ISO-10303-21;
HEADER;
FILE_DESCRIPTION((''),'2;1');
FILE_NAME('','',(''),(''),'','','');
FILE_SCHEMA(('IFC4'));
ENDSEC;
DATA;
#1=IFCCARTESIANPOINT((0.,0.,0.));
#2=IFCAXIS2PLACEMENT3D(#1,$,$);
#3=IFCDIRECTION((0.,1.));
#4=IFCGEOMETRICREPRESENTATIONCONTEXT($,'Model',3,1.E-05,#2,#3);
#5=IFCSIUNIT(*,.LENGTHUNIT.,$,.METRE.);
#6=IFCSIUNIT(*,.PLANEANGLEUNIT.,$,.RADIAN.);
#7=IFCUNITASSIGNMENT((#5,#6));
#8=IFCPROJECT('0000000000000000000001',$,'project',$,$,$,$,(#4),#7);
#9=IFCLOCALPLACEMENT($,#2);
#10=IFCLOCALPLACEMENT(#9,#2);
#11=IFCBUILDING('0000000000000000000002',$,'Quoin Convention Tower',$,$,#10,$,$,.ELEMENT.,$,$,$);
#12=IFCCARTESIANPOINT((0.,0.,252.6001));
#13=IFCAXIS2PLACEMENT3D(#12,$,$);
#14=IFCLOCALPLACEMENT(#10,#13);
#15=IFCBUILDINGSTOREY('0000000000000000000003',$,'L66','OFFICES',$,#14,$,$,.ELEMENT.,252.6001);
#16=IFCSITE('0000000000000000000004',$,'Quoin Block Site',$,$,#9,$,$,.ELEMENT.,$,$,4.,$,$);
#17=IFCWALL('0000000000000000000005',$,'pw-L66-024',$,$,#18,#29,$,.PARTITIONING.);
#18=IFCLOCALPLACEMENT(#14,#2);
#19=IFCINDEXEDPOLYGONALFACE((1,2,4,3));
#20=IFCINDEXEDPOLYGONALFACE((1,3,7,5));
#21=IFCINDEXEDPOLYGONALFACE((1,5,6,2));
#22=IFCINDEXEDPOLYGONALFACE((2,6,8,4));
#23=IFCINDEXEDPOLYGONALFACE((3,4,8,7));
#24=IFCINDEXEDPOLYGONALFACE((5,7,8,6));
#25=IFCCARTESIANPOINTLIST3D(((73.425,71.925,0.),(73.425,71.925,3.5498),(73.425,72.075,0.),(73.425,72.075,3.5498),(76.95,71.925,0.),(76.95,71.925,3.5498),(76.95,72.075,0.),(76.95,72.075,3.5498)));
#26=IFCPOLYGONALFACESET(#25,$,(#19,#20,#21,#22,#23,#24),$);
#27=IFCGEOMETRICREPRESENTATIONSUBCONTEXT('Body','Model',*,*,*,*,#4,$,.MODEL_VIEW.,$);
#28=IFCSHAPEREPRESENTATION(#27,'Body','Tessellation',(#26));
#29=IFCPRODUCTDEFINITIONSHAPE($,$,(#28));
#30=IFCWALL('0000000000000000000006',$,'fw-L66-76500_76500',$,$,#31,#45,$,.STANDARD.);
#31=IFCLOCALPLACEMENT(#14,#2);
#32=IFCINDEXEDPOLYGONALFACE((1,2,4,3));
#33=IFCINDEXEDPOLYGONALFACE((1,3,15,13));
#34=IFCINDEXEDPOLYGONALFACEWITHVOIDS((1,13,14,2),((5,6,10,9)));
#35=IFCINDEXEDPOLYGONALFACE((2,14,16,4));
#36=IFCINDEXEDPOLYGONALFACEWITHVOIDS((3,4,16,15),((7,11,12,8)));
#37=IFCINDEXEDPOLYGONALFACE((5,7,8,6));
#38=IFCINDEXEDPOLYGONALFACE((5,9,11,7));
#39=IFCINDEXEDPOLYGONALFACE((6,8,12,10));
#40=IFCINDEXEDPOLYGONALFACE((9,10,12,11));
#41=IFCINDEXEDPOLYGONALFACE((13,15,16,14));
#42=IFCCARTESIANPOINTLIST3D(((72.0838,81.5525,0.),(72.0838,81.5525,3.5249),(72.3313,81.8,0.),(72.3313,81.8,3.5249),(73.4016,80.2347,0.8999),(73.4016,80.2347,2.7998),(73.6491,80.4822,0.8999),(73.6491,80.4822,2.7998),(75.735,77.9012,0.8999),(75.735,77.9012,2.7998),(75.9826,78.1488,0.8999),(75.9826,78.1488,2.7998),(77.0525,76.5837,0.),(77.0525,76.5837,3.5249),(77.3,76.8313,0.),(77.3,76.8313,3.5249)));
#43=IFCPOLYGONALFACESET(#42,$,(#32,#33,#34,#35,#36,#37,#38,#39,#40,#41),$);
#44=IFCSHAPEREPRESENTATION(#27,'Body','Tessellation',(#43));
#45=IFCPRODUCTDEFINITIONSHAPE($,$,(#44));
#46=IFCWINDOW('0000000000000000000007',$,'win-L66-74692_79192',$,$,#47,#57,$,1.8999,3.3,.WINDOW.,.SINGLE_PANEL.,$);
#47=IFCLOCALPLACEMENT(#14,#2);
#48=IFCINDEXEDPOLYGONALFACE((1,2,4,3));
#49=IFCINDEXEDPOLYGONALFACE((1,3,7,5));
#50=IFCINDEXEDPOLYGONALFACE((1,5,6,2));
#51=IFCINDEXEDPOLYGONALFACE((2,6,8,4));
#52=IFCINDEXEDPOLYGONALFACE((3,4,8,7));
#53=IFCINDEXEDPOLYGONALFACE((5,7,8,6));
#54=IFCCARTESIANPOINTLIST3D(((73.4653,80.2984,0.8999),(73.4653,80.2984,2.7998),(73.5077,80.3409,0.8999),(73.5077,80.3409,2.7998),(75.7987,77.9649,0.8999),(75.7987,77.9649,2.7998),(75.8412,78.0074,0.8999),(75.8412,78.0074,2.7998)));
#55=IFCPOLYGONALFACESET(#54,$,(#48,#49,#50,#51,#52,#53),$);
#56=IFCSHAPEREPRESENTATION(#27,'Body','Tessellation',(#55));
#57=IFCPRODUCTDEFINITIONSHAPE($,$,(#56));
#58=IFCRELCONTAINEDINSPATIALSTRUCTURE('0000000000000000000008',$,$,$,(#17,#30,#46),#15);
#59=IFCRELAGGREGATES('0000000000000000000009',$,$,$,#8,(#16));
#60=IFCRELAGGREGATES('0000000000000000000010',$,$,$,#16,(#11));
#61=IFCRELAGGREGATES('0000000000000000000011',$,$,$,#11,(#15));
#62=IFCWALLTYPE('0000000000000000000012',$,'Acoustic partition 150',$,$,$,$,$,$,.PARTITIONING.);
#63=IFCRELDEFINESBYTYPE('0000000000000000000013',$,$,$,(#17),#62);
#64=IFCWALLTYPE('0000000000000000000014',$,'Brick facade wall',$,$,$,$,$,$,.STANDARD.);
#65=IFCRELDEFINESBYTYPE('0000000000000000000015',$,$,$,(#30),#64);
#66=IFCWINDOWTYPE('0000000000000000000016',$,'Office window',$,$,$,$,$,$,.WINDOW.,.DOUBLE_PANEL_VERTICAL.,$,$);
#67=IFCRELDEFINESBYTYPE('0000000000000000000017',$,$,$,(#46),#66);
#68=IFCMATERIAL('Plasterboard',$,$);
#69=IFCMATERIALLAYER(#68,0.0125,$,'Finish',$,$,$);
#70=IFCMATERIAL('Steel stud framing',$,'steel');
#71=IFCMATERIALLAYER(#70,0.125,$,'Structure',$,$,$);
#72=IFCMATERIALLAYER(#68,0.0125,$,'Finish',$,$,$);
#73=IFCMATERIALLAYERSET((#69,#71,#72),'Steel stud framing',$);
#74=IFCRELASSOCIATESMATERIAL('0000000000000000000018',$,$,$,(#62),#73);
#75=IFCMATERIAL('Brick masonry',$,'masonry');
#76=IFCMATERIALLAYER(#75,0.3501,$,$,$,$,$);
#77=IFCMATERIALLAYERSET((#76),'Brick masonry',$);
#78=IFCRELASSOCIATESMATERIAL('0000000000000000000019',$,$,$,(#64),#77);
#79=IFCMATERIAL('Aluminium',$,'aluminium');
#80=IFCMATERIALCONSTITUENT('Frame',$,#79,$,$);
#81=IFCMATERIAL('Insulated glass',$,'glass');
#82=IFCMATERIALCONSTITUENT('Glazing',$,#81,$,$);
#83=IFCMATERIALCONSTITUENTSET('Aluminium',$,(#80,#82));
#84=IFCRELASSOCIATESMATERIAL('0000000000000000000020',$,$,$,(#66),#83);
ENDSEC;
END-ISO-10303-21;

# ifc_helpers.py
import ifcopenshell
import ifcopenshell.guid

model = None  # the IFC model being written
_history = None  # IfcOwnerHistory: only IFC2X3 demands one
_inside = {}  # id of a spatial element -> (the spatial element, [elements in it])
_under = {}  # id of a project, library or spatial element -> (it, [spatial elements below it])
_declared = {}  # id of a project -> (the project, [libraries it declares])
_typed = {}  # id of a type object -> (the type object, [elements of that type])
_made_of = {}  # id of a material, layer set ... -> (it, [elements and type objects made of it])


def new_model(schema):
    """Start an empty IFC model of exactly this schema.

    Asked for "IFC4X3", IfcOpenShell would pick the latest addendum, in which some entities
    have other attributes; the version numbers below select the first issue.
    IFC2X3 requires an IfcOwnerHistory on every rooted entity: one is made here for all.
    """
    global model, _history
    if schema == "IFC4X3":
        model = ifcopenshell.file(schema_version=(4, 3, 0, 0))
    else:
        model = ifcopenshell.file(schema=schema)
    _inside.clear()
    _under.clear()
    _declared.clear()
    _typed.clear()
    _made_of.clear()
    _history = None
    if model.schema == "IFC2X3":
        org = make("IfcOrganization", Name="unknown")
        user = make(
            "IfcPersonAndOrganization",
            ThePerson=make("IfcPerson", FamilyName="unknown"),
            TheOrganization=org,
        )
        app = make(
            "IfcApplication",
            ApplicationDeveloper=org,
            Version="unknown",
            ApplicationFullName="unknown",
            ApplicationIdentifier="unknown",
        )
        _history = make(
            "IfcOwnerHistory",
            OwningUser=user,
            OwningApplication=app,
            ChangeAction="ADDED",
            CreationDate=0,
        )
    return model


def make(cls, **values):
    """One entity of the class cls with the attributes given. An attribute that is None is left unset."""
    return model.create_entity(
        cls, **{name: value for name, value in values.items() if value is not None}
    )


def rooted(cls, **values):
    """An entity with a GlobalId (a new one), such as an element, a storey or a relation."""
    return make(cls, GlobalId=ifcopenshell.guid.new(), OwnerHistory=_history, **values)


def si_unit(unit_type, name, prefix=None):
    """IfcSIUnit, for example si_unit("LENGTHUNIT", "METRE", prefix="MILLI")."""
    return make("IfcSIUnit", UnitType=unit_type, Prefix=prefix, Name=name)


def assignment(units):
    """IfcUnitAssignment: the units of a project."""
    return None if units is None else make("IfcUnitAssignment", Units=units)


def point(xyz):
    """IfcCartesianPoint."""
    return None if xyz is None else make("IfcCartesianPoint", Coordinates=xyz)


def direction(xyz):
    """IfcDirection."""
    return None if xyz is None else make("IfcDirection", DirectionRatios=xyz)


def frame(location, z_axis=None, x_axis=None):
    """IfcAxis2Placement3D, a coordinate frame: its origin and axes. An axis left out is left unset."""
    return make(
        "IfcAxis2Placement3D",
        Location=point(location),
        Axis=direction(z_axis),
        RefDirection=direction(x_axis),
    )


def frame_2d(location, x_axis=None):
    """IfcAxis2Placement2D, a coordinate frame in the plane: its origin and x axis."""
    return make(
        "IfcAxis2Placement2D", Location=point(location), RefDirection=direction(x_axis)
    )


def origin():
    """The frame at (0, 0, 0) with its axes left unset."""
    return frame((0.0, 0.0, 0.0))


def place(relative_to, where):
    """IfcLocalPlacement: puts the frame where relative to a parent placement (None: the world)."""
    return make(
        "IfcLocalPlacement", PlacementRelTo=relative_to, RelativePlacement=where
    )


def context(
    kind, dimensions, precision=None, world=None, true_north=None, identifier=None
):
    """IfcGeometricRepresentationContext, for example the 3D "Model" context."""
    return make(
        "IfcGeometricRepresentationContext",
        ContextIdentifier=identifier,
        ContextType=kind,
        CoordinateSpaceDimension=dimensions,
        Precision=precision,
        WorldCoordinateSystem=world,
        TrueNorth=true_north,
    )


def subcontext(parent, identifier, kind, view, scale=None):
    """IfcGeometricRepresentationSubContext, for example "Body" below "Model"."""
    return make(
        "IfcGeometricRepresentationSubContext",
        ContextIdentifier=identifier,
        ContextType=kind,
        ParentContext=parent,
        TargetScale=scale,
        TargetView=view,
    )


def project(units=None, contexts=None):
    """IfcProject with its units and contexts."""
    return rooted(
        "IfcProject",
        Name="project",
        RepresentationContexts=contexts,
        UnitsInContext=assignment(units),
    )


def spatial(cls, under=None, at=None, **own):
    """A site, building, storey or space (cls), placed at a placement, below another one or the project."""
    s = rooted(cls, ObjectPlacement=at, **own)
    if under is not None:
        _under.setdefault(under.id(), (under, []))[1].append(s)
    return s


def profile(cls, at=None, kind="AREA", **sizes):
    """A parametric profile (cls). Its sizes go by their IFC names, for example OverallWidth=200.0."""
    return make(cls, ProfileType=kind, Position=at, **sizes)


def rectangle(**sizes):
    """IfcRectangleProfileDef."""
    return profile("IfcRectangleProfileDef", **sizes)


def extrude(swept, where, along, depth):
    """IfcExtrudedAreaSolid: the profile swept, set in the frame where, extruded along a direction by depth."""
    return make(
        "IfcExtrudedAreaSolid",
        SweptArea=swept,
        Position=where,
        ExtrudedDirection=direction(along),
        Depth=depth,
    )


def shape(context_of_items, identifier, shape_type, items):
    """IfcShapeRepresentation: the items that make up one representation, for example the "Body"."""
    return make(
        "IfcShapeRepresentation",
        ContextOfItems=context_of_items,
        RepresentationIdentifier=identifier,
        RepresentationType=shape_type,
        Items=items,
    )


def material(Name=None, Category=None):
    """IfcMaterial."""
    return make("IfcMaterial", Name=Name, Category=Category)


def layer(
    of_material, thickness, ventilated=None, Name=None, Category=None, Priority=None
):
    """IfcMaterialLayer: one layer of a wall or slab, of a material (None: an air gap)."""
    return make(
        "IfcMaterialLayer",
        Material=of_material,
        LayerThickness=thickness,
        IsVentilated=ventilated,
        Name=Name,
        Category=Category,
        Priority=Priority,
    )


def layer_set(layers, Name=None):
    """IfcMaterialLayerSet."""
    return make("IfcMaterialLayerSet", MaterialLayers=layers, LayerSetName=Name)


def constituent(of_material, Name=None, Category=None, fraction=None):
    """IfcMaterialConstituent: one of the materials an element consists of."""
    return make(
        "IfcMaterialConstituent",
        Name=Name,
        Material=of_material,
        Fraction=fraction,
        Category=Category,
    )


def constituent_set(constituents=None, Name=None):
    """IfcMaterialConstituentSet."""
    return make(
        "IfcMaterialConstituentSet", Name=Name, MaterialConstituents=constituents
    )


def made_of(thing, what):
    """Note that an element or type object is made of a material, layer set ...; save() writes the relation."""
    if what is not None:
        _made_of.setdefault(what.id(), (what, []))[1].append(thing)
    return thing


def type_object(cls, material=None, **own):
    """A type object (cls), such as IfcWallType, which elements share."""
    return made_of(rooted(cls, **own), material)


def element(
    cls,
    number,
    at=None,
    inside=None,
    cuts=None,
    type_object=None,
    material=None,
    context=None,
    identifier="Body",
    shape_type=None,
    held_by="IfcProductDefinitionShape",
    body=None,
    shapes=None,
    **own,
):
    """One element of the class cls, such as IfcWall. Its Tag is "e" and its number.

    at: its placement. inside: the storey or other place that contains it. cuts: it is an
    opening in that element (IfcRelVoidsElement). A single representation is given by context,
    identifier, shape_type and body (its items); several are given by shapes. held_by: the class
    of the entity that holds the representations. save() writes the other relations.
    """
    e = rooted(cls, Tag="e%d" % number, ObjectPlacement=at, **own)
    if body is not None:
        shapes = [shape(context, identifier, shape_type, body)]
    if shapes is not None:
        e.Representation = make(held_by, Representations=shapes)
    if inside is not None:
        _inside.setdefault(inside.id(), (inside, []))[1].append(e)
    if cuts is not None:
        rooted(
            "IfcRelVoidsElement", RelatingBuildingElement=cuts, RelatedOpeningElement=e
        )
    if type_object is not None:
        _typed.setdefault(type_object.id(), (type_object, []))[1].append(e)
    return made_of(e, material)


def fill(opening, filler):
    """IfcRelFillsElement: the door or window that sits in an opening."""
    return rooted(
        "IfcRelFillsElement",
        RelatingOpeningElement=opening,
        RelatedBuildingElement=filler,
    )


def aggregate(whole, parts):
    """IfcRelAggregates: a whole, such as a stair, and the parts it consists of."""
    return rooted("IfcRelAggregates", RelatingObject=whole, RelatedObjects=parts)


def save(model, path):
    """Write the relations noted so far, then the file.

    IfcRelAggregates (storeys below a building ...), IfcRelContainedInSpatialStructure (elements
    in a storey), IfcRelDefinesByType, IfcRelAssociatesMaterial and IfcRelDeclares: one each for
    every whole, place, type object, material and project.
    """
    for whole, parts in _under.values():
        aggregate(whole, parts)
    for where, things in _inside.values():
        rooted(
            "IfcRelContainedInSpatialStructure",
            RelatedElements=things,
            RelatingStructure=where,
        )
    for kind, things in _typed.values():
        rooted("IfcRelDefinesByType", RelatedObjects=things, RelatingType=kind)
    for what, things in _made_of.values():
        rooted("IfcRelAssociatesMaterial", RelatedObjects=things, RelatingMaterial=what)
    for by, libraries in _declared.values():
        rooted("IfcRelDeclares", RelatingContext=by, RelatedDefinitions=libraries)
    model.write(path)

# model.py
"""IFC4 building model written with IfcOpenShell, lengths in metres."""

from ifc_helpers import new_model, si_unit, direction, frame, frame_2d, origin, place, context, subcontext, project, spatial, rectangle, extrude, material, layer, layer_set, constituent, constituent_set, type_object, element, fill, save


model = new_model("IFC4")

# Units and contexts
model_context = context("Model", 3, precision=1e-05, world=origin(), true_north=direction((0.0, 1.0)))
body_context = subcontext(model_context, "Body", "Model", "MODEL_VIEW")
ifc_project = project(units=[si_unit("LENGTHUNIT", "METRE"), si_unit("PLANEANGLEUNIT", "RADIAN")], contexts=[model_context])

# Site, building, storey
site_placement = place(None, origin())
site = spatial("IfcSite", under=ifc_project, at=site_placement, Name="Quoin Block Site", CompositionType="ELEMENT", RefElevation=4.0)
building_placement = place(site_placement, origin())
building = spatial("IfcBuilding", under=site, at=building_placement, Name="Quoin Convention Tower", CompositionType="ELEMENT")
storey_placement = place(building_placement, frame((0.0, 0.0, 252.6001)))
storey = spatial("IfcBuildingStorey", under=building, at=storey_placement, Name="L66", Description="OFFICES", CompositionType="ELEMENT", Elevation=252.6001)

# Wall
ifc_material_1 = material(Name="Plasterboard")
ifc_layer_1 = layer(ifc_material_1, 0.0125, Name="Finish")
ifc_material_2 = material(Name="Steel stud framing", Category="steel")
ifc_layer_2 = layer(ifc_material_2, 0.125, Name="Structure")
ifc_layer_3 = layer(ifc_material_1, 0.0125, Name="Finish")
ifc_layer_set_1 = layer_set([ifc_layer_1, ifc_layer_2, ifc_layer_3], Name="Steel stud framing")
wall_type_1 = type_object("IfcWallType", Name="Acoustic partition 150", PredefinedType="PARTITIONING", material=ifc_layer_set_1)
wall_1_placement = place(storey_placement, frame((73.425, 72.0, 0.0), z_axis=(0.0, 0.0, 1.0), x_axis=(1.0, 0.0, 0.0)))
element("IfcWall", 1, at=wall_1_placement, inside=storey, type_object=wall_type_1, Name="pw-L66-024", PredefinedType="PARTITIONING", context=body_context, shape_type="SweptSolid", body=[
    extrude(rectangle(XDim=3.5249, YDim=0.1499, at=frame_2d((1.7625, 0.0))), origin(), (0.0, 0.0, 1.0), 3.5498),
])

# Wall, opening, window
ifc_material_3 = material(Name="Brick masonry", Category="masonry")
ifc_layer_4 = layer(ifc_material_3, 0.3501)
ifc_layer_set_2 = layer_set([ifc_layer_4], Name="Brick masonry")
wall_type_2 = type_object("IfcWallType", Name="Brick facade wall", PredefinedType="STANDARD", material=ifc_layer_set_2)
wall_2_placement = place(storey_placement, frame((77.1763, 76.7075, 0.0), z_axis=(0.0, 0.0, 1.0), x_axis=(-0.707107, 0.707107, 0.0)))
wall_2 = element("IfcWall", 2, at=wall_2_placement, inside=storey, type_object=wall_type_2, Name="fw-L66-76500_76500", PredefinedType="STANDARD", context=body_context, shape_type="SweptSolid", body=[
    extrude(rectangle(XDim=7.0269, YDim=0.3501, at=frame_2d((3.5134, 0.0))), origin(), (0.0, 0.0, 1.0), 3.5249),
])
opening_1_placement = place(wall_2_placement, frame((1.8633, 0.0, 0.8999)))
opening_1 = element("IfcOpeningElement", 3, at=opening_1_placement, cuts=wall_2, PredefinedType="OPENING", context=body_context, shape_type="SweptSolid", body=[
    extrude(rectangle(XDim=3.3, YDim=1.8999, at=frame_2d((1.6499, 0.95))), frame((0.0, 0.1851, 0.0), z_axis=(0.0, -1.0, 0.0), x_axis=(1.0, 0.0, 0.0)), (0.0, 0.0, 1.0), 0.3701),
])
ifc_material_4 = material(Name="Aluminium", Category="aluminium")
ifc_constituent_1 = constituent(ifc_material_4, Name="Frame")
ifc_material_5 = material(Name="Insulated glass", Category="glass")
ifc_constituent_2 = constituent(ifc_material_5, Name="Glazing")
ifc_constituent_set = constituent_set(constituents=[ifc_constituent_1, ifc_constituent_2], Name="Aluminium")
window_type = type_object("IfcWindowType", Name="Office window", PartitioningType="DOUBLE_PANEL_VERTICAL", PredefinedType="WINDOW", material=ifc_constituent_set)
window_1_placement = place(opening_1_placement, origin())
window_1 = element("IfcWindow", 4, at=window_1_placement, inside=storey, type_object=window_type, Name="win-L66-74692_79192", OverallHeight=1.8999, OverallWidth=3.3, PartitioningType="SINGLE_PANEL", PredefinedType="WINDOW", context=body_context, shape_type="SweptSolid", body=[
    extrude(rectangle(XDim=3.3, YDim=1.8999, at=frame_2d((1.6499, 0.95))), frame((0.0, 0.085, 0.0), z_axis=(0.0, -1.0, 0.0), x_axis=(1.0, 0.0, 0.0)), (0.0, 0.0, 1.0), 0.0601),
])
fill(opening_1, window_1)

save(model, "model.ifc")
